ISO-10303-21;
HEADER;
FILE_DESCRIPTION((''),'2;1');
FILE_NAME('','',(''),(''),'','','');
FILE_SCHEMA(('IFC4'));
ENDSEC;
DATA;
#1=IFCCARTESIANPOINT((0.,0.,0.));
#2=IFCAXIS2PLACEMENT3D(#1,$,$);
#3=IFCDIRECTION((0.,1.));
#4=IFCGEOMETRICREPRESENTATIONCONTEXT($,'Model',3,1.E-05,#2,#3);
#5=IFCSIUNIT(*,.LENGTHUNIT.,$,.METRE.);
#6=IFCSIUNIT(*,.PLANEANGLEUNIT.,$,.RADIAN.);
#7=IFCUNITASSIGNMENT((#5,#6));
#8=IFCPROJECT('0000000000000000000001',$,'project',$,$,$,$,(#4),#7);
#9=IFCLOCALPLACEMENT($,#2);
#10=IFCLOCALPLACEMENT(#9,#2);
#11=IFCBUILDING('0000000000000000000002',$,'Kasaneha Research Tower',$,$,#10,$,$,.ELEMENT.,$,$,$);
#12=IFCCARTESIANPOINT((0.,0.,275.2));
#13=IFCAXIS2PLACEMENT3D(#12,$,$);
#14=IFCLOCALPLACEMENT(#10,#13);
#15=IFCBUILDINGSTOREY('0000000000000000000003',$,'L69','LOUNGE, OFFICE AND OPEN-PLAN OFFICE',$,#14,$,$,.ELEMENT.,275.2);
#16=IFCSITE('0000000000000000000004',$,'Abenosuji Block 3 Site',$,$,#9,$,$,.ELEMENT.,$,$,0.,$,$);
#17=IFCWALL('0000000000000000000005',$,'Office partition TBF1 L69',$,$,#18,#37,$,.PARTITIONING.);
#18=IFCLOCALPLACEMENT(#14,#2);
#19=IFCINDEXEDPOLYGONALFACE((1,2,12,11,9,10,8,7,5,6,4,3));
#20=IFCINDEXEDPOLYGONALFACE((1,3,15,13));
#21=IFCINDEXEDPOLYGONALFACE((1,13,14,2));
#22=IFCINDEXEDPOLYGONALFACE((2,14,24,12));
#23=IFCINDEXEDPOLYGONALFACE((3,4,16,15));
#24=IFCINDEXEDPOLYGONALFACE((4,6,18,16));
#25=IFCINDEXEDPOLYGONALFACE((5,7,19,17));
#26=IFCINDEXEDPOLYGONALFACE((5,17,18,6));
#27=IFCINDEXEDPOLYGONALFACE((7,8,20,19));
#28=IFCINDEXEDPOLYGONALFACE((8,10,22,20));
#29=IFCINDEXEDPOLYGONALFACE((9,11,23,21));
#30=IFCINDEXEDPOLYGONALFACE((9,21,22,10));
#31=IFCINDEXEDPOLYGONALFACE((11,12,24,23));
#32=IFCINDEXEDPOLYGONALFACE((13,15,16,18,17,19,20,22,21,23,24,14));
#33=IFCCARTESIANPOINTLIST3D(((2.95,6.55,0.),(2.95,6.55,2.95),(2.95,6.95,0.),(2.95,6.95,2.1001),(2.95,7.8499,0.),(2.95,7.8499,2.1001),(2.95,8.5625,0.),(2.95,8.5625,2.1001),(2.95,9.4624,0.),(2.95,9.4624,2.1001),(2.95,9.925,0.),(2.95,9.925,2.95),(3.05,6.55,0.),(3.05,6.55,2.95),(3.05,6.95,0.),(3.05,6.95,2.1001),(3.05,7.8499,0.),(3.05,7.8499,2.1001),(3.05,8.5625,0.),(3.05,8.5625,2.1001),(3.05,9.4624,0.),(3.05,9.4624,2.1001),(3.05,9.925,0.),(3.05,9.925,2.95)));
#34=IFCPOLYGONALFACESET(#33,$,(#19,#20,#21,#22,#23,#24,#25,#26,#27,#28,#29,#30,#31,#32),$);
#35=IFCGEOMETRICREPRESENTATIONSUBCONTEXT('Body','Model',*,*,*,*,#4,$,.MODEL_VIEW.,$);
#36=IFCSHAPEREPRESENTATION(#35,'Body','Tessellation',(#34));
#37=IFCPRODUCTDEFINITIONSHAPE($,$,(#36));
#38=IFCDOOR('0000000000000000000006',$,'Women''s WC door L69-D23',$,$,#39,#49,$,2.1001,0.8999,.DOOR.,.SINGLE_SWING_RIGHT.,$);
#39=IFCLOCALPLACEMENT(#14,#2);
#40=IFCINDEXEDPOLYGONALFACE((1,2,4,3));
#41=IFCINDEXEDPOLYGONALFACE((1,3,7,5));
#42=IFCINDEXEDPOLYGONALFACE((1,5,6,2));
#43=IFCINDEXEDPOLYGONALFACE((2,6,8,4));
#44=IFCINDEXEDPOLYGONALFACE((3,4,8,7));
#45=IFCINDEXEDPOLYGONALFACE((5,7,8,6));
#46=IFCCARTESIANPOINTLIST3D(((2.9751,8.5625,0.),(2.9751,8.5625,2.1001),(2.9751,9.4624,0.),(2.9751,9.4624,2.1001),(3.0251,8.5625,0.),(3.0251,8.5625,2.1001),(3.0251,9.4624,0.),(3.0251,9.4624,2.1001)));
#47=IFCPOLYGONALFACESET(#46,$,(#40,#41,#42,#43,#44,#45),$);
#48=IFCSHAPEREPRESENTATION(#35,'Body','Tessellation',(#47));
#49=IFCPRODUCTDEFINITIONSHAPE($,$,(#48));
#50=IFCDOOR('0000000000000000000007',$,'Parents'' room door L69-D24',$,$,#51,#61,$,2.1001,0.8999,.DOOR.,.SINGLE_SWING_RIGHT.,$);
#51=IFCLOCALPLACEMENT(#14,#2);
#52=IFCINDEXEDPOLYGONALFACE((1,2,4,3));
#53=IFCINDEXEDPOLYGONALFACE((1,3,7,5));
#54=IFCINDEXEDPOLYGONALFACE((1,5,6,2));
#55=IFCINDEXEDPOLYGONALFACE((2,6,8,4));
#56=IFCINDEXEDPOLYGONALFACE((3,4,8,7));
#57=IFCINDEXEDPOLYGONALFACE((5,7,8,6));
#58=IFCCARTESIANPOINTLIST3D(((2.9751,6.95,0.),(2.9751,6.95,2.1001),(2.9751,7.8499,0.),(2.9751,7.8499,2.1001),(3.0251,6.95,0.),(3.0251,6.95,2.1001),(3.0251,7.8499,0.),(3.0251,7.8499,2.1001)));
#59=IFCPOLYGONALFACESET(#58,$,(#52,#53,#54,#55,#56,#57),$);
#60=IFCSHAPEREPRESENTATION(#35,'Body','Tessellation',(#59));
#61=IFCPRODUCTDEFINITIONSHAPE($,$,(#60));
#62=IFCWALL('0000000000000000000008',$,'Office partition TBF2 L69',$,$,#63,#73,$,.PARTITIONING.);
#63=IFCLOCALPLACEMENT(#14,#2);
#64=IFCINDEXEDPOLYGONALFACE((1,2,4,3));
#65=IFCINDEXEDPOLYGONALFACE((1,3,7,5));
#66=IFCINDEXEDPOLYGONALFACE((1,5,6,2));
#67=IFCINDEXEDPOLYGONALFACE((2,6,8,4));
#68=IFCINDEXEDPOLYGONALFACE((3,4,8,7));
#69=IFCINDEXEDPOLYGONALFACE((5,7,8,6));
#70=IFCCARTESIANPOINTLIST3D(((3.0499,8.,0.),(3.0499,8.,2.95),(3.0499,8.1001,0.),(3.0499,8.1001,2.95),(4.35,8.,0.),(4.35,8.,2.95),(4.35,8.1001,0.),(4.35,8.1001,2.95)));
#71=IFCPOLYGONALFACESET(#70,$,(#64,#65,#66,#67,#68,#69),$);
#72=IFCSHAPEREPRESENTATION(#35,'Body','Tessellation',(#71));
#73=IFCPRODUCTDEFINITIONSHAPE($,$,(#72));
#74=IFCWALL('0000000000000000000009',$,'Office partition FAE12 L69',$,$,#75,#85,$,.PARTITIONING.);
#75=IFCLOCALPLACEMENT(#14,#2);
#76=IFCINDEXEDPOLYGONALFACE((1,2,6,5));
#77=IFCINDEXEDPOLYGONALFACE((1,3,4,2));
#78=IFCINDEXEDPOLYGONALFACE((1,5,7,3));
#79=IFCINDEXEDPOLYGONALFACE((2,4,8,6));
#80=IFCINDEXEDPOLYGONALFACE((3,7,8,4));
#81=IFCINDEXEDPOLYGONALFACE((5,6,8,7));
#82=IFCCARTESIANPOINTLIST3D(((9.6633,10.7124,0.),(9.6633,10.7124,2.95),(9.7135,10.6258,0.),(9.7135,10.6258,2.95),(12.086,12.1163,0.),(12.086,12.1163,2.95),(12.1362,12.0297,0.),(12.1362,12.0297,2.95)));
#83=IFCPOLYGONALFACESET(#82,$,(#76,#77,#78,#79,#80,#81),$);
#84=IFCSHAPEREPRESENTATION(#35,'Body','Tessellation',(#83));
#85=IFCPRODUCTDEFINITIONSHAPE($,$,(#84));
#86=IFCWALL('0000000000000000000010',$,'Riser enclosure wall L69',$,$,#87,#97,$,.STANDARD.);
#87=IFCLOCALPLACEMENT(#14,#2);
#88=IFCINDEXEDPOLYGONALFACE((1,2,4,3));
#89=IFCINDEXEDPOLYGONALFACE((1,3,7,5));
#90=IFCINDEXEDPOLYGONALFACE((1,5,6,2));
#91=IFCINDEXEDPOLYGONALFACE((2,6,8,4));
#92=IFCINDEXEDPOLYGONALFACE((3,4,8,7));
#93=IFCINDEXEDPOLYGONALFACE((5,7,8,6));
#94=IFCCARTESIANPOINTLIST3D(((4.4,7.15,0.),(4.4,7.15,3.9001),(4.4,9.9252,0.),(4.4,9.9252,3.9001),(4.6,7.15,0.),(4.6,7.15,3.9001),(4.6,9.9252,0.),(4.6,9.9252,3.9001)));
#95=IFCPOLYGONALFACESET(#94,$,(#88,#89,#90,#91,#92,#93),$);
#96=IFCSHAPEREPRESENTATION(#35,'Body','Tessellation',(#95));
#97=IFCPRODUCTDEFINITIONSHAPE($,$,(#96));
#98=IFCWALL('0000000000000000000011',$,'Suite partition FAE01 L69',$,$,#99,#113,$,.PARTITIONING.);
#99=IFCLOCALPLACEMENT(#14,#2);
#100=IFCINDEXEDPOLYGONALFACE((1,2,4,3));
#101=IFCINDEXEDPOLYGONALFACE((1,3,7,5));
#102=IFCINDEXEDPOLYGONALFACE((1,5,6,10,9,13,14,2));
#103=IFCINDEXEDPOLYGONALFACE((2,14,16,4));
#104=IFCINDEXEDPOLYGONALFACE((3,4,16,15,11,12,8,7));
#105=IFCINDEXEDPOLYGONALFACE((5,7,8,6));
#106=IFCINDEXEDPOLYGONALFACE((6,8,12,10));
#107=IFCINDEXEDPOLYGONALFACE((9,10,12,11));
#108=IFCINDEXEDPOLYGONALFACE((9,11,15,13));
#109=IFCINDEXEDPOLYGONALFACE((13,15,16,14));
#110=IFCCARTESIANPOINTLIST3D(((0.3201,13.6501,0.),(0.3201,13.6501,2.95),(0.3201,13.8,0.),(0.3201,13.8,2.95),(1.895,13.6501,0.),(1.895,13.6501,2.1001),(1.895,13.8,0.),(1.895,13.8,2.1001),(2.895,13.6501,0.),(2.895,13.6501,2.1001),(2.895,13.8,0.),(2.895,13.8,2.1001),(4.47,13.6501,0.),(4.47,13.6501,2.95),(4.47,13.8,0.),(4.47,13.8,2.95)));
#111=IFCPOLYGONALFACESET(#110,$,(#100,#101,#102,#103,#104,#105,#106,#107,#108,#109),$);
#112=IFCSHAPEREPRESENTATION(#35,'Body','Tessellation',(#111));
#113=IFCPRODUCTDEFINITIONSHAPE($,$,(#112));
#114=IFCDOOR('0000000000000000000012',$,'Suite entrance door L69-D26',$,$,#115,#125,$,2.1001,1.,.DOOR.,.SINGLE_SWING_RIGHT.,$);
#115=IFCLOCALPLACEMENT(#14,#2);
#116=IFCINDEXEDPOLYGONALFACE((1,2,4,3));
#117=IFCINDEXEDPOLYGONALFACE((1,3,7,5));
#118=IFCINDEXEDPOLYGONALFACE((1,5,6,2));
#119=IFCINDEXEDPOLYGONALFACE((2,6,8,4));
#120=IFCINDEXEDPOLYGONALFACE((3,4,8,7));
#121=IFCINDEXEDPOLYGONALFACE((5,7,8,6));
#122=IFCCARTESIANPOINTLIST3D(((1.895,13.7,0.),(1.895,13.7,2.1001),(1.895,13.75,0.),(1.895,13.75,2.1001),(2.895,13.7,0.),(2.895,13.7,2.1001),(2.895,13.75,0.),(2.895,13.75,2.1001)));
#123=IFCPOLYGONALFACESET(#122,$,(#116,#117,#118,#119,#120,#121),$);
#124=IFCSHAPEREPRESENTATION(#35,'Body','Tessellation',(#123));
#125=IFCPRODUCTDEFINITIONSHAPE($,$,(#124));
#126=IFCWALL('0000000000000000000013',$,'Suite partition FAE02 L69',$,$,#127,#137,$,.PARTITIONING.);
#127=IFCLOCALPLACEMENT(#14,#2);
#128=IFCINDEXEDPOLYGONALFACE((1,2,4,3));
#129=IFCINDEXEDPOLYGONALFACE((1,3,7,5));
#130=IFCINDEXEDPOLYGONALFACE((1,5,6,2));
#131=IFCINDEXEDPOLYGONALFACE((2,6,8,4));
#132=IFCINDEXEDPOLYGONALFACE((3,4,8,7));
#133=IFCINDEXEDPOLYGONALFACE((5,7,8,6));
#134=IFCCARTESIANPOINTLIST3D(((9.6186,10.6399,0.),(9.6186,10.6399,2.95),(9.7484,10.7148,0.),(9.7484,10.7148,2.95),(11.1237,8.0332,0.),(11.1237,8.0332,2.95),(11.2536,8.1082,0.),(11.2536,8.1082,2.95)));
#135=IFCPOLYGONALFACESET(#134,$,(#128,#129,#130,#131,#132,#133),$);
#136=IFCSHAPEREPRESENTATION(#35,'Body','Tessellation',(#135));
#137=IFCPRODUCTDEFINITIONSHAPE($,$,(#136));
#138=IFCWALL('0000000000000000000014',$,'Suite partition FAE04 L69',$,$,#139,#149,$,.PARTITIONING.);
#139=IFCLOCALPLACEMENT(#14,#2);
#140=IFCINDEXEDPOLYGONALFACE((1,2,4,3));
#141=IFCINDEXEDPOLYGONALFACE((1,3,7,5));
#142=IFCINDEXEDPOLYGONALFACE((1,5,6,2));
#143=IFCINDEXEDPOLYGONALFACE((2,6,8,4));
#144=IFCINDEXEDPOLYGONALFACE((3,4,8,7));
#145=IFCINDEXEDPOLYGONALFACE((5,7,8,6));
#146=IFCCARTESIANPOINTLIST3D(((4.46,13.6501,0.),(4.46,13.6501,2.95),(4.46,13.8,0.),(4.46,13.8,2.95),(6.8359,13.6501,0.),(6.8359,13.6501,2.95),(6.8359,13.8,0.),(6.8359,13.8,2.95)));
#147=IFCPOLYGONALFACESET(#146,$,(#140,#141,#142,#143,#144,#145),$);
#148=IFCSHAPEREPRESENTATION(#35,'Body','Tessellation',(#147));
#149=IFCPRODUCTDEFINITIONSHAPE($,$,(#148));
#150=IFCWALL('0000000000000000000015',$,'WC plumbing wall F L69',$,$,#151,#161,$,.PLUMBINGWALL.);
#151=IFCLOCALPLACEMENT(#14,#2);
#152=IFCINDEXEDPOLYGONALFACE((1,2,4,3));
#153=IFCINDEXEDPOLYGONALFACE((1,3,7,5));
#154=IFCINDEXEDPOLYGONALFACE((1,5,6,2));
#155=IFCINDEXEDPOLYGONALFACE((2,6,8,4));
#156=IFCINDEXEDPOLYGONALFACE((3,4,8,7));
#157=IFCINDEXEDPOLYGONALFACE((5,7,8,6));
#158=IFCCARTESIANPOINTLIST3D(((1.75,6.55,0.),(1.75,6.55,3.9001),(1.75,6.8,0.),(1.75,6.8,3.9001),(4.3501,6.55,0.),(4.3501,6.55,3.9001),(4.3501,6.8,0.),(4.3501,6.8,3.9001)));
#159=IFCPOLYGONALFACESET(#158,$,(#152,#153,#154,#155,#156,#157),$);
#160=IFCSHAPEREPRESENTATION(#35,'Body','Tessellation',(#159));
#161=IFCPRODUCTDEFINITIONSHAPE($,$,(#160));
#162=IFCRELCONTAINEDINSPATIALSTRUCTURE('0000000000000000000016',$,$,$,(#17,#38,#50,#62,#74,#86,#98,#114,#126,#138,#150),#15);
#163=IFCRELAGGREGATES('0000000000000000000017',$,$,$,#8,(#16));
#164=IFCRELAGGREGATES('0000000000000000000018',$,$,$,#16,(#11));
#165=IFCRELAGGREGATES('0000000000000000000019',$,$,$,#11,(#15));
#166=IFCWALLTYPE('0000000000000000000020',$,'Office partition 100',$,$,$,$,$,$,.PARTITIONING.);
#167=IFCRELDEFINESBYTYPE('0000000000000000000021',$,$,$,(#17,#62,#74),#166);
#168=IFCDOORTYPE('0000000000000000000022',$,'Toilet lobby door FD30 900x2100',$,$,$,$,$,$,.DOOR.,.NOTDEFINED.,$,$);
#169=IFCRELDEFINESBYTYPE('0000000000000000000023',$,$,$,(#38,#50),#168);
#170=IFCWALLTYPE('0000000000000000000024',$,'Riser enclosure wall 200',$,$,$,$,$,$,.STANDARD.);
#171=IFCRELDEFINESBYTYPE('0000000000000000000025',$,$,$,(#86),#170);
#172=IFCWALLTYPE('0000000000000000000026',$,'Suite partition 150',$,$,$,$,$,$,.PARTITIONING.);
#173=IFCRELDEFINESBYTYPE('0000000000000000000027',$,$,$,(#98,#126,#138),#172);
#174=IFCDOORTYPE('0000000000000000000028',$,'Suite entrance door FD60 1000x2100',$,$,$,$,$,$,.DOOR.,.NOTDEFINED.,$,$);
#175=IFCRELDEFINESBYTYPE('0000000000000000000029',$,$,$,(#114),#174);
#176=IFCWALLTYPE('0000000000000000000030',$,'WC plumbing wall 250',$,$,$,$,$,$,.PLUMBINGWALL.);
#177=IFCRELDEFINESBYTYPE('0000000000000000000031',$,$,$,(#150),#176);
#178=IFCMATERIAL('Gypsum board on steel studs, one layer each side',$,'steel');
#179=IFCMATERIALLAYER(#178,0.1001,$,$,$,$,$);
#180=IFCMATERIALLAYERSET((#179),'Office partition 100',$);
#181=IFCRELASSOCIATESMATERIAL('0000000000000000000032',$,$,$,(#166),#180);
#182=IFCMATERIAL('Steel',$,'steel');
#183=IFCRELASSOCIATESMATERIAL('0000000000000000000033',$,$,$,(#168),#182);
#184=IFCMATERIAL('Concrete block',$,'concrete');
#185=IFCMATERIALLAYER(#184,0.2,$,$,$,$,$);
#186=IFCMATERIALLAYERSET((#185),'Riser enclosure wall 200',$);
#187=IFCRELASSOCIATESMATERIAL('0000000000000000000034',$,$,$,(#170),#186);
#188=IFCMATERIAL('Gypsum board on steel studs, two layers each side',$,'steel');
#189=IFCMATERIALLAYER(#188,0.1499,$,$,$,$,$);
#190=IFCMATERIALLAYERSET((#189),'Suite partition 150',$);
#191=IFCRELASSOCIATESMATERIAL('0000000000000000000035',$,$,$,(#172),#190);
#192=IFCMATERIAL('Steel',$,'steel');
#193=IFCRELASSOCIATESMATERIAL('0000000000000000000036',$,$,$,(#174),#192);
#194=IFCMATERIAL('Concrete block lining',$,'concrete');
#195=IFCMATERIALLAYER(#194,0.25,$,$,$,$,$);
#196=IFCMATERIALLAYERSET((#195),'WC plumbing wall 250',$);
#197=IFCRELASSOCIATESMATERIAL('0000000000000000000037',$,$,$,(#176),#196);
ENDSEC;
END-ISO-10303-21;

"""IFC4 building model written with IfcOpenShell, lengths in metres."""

from ifc_helpers import new_model, si_unit, direction, frame, frame_2d, origin, place, context, subcontext, project, spatial, rectangle, extrude, material, layer, layer_set, type_object, element, fill, save


model = new_model("IFC4")

# Units and contexts
model_context = context("Model", 3, precision=1e-05, world=origin(), true_north=direction((0.0, 1.0)))
body_context = subcontext(model_context, "Body", "Model", "MODEL_VIEW")
ifc_project = project(units=[si_unit("LENGTHUNIT", "METRE"), si_unit("PLANEANGLEUNIT", "RADIAN")], contexts=[model_context])

# Site, building, storey
site_placement = place(None, origin())
site = spatial("IfcSite", under=ifc_project, at=site_placement, Name="Abenosuji Block 3 Site", CompositionType="ELEMENT", RefElevation=0.0)
building_placement = place(site_placement, origin())
building = spatial("IfcBuilding", under=site, at=building_placement, Name="Kasaneha Research Tower", CompositionType="ELEMENT")
storey_placement = place(building_placement, frame((0.0, 0.0, 275.2)))
storey = spatial("IfcBuildingStorey", under=building, at=storey_placement, Name="L69", Description="LOUNGE, OFFICE AND OPEN-PLAN OFFICE", CompositionType="ELEMENT", Elevation=275.2)

# Wall, openings, doors
ifc_material_1 = material(Name="Gypsum board on steel studs, one layer each side", Category="steel")
ifc_layer_1 = layer(ifc_material_1, 0.1001)
ifc_layer_set_1 = layer_set([ifc_layer_1], Name="Office partition 100")
wall_type_1 = type_object("IfcWallType", Name="Office partition 100", PredefinedType="PARTITIONING", material=ifc_layer_set_1)
wall_1_placement = place(storey_placement, frame((3.0, 6.55, 0.0), z_axis=(0.0, 0.0, 1.0), x_axis=(0.0, 1.0, 0.0)))
wall_1 = element("IfcWall", 1, at=wall_1_placement, inside=storey, type_object=wall_type_1, Name="Office partition TBF1 L69", PredefinedType="PARTITIONING", context=body_context, shape_type="SweptSolid", body=[
    extrude(rectangle(XDim=3.375, YDim=0.1001, at=frame_2d((1.6875, 0.0))), origin(), (0.0, 0.0, 1.0), 2.95),
])
opening_1_placement = place(wall_1_placement, frame((2.0125, 0.0, 0.0)))
opening_1 = element("IfcOpeningElement", 2, at=opening_1_placement, cuts=wall_1, PredefinedType="OPENING", context=body_context, shape_type="SweptSolid", body=[
    extrude(rectangle(XDim=0.8999, YDim=2.1001, at=frame_2d((0.45, 1.05))), frame((0.0, 0.0601, 0.0), z_axis=(0.0, -1.0, 0.0), x_axis=(1.0, 0.0, 0.0)), (0.0, 0.0, 1.0), 0.1201),
])
opening_2_placement = place(wall_1_placement, frame((0.3999, 0.0, 0.0)))
opening_2 = element("IfcOpeningElement", 3, at=opening_2_placement, cuts=wall_1, PredefinedType="OPENING", context=body_context, shape_type="SweptSolid", body=[
    extrude(rectangle(XDim=0.8999, YDim=2.1001, at=frame_2d((0.45, 1.05))), frame((0.0, 0.0601, 0.0), z_axis=(0.0, -1.0, 0.0), x_axis=(1.0, 0.0, 0.0)), (0.0, 0.0, 1.0), 0.1201),
])
ifc_material_2 = material(Name="Steel", Category="steel")
door_type_1 = type_object("IfcDoorType", Name="Toilet lobby door FD30 900x2100", OperationType="NOTDEFINED", PredefinedType="DOOR", material=ifc_material_2)
door_1_placement = place(opening_1_placement, origin())
door_1 = element("IfcDoor", 4, at=door_1_placement, inside=storey, type_object=door_type_1, Name="Women's WC door L69-D23", OperationType="SINGLE_SWING_RIGHT", OverallHeight=2.1001, OverallWidth=0.8999, PredefinedType="DOOR", context=body_context, shape_type="SweptSolid", body=[
    extrude(rectangle(XDim=0.8999, YDim=2.1001, at=frame_2d((0.45, 1.05))), frame((0.0, 0.0249, 0.0), z_axis=(0.0, -1.0, 0.0), x_axis=(1.0, 0.0, 0.0)), (0.0, 0.0, 1.0), 0.05),
])
fill(opening_1, door_1)
door_2_placement = place(opening_2_placement, origin())
door_2 = element("IfcDoor", 5, at=door_2_placement, inside=storey, type_object=door_type_1, Name="Parents' room door L69-D24", OperationType="SINGLE_SWING_RIGHT", OverallHeight=2.1001, OverallWidth=0.8999, PredefinedType="DOOR", context=body_context, shape_type="SweptSolid", body=[
    extrude(rectangle(XDim=0.8999, YDim=2.1001, at=frame_2d((0.45, 1.05))), frame((0.0, 0.0249, 0.0), z_axis=(0.0, -1.0, 0.0), x_axis=(1.0, 0.0, 0.0)), (0.0, 0.0, 1.0), 0.05),
])
fill(opening_2, door_2)

# Walls
wall_2_placement = place(storey_placement, frame((3.05, 8.05, 0.0), z_axis=(0.0, 0.0, 1.0), x_axis=(1.0, 0.0, 0.0)))
element("IfcWall", 6, at=wall_2_placement, inside=storey, type_object=wall_type_1, Name="Office partition TBF2 L69", PredefinedType="PARTITIONING", context=body_context, shape_type="SweptSolid", body=[
    extrude(rectangle(XDim=1.3, YDim=0.1001, at=frame_2d((0.6499, 0.0))), origin(), (0.0, 0.0, 1.0), 2.95),
])
wall_3_placement = place(storey_placement, frame((9.6885, 10.6692, 0.0), z_axis=(0.0, 0.0, 1.0), x_axis=(0.865233, 0.50137, 0.0)))
element("IfcWall", 7, at=wall_3_placement, inside=storey, type_object=wall_type_1, Name="Office partition FAE12 L69", PredefinedType="PARTITIONING", context=body_context, shape_type="SweptSolid", body=[
    extrude(rectangle(XDim=2.8, YDim=0.1001, at=frame_2d((1.3999, 0.0))), origin(), (0.0, 0.0, 1.0), 2.95),
])
ifc_material_3 = material(Name="Concrete block", Category="concrete")
ifc_layer_2 = layer(ifc_material_3, 0.2)
ifc_layer_set_2 = layer_set([ifc_layer_2], Name="Riser enclosure wall 200")
wall_type_2 = type_object("IfcWallType", Name="Riser enclosure wall 200", PredefinedType="STANDARD", material=ifc_layer_set_2)
wall_4_placement = place(storey_placement, frame((4.5, 7.1499, 0.0), z_axis=(0.0, 0.0, 1.0), x_axis=(0.0, 1.0, 0.0)))
element("IfcWall", 8, at=wall_4_placement, inside=storey, type_object=wall_type_2, Name="Riser enclosure wall L69", PredefinedType="STANDARD", context=body_context, shape_type="SweptSolid", body=[
    extrude(rectangle(XDim=2.7751, YDim=0.2, at=frame_2d((1.3877, 0.0))), origin(), (0.0, 0.0, 1.0), 3.9001),
])

# Wall, opening, door
ifc_material_4 = material(Name="Gypsum board on steel studs, two layers each side", Category="steel")
ifc_layer_3 = layer(ifc_material_4, 0.1499)
ifc_layer_set_3 = layer_set([ifc_layer_3], Name="Suite partition 150")
wall_type_3 = type_object("IfcWallType", Name="Suite partition 150", PredefinedType="PARTITIONING", material=ifc_layer_set_3)
wall_5_placement = place(storey_placement, frame((0.3201, 13.7251, 0.0), z_axis=(0.0, 0.0, 1.0), x_axis=(1.0, 0.0, 0.0)))
wall_5 = element("IfcWall", 9, at=wall_5_placement, inside=storey, type_object=wall_type_3, Name="Suite partition FAE01 L69", PredefinedType="PARTITIONING", context=body_context, shape_type="SweptSolid", body=[
    extrude(rectangle(XDim=4.1499, YDim=0.1499, at=frame_2d((2.075, 0.0))), origin(), (0.0, 0.0, 1.0), 2.95),
])
opening_3_placement = place(wall_5_placement, frame((1.575, 0.0, 0.0)))
opening_3 = element("IfcOpeningElement", 10, at=opening_3_placement, cuts=wall_5, PredefinedType="OPENING", context=body_context, shape_type="SweptSolid", body=[
    extrude(rectangle(XDim=1.0, YDim=2.1001, at=frame_2d((0.5, 1.05))), frame((0.0, 0.085, 0.0), z_axis=(0.0, -1.0, 0.0), x_axis=(1.0, 0.0, 0.0)), (0.0, 0.0, 1.0), 0.1699),
])
ifc_material_5 = material(Name="Steel", Category="steel")
door_type_2 = type_object("IfcDoorType", Name="Suite entrance door FD60 1000x2100", OperationType="NOTDEFINED", PredefinedType="DOOR", material=ifc_material_5)
door_3_placement = place(opening_3_placement, origin())
door_3 = element("IfcDoor", 11, at=door_3_placement, inside=storey, type_object=door_type_2, Name="Suite entrance door L69-D26", OperationType="SINGLE_SWING_RIGHT", OverallHeight=2.1001, OverallWidth=1.0, PredefinedType="DOOR", context=body_context, shape_type="SweptSolid", body=[
    extrude(rectangle(XDim=1.0, YDim=2.1001, at=frame_2d((0.5, 1.05))), frame((0.0, 0.0249, 0.0), z_axis=(0.0, -1.0, 0.0), x_axis=(1.0, 0.0, 0.0)), (0.0, 0.0, 1.0), 0.05),
])
fill(opening_3, door_3)

# Walls
wall_6_placement = place(storey_placement, frame((9.6836, 10.6772, 0.0), z_axis=(0.0, 0.0, 1.0), x_axis=(0.500038, -0.866003, 0.0)))
element("IfcWall", 12, at=wall_6_placement, inside=storey, type_object=wall_type_3, Name="Suite partition FAE02 L69", PredefinedType="PARTITIONING", context=body_context, shape_type="SweptSolid", body=[
    extrude(rectangle(XDim=3.01, YDim=0.1499, at=frame_2d((1.5049, 0.0))), origin(), (0.0, 0.0, 1.0), 2.95),
])
wall_7_placement = place(storey_placement, frame((4.46, 13.7251, 0.0), z_axis=(0.0, 0.0, 1.0), x_axis=(1.0, 0.0, 0.0)))
element("IfcWall", 13, at=wall_7_placement, inside=storey, type_object=wall_type_3, Name="Suite partition FAE04 L69", PredefinedType="PARTITIONING", context=body_context, shape_type="SweptSolid", body=[
    extrude(rectangle(XDim=2.376, YDim=0.1499, at=frame_2d((1.188, 0.0))), origin(), (0.0, 0.0, 1.0), 2.95),
])
ifc_material_6 = material(Name="Concrete block lining", Category="concrete")
ifc_layer_4 = layer(ifc_material_6, 0.25)
ifc_layer_set_4 = layer_set([ifc_layer_4], Name="WC plumbing wall 250")
wall_type_4 = type_object("IfcWallType", Name="WC plumbing wall 250", PredefinedType="PLUMBINGWALL", material=ifc_layer_set_4)
wall_8_placement = place(storey_placement, frame((1.75, 6.675, 0.0), z_axis=(0.0, 0.0, 1.0), x_axis=(1.0, 0.0, 0.0)))
element("IfcWall", 14, at=wall_8_placement, inside=storey, type_object=wall_type_4, Name="WC plumbing wall F L69", PredefinedType="PLUMBINGWALL", context=body_context, shape_type="SweptSolid", body=[
    extrude(rectangle(XDim=2.6001, YDim=0.25, at=frame_2d((1.3, 0.0))), origin(), (0.0, 0.0, 1.0), 3.9001),
])

save(model, "model.ifc")
